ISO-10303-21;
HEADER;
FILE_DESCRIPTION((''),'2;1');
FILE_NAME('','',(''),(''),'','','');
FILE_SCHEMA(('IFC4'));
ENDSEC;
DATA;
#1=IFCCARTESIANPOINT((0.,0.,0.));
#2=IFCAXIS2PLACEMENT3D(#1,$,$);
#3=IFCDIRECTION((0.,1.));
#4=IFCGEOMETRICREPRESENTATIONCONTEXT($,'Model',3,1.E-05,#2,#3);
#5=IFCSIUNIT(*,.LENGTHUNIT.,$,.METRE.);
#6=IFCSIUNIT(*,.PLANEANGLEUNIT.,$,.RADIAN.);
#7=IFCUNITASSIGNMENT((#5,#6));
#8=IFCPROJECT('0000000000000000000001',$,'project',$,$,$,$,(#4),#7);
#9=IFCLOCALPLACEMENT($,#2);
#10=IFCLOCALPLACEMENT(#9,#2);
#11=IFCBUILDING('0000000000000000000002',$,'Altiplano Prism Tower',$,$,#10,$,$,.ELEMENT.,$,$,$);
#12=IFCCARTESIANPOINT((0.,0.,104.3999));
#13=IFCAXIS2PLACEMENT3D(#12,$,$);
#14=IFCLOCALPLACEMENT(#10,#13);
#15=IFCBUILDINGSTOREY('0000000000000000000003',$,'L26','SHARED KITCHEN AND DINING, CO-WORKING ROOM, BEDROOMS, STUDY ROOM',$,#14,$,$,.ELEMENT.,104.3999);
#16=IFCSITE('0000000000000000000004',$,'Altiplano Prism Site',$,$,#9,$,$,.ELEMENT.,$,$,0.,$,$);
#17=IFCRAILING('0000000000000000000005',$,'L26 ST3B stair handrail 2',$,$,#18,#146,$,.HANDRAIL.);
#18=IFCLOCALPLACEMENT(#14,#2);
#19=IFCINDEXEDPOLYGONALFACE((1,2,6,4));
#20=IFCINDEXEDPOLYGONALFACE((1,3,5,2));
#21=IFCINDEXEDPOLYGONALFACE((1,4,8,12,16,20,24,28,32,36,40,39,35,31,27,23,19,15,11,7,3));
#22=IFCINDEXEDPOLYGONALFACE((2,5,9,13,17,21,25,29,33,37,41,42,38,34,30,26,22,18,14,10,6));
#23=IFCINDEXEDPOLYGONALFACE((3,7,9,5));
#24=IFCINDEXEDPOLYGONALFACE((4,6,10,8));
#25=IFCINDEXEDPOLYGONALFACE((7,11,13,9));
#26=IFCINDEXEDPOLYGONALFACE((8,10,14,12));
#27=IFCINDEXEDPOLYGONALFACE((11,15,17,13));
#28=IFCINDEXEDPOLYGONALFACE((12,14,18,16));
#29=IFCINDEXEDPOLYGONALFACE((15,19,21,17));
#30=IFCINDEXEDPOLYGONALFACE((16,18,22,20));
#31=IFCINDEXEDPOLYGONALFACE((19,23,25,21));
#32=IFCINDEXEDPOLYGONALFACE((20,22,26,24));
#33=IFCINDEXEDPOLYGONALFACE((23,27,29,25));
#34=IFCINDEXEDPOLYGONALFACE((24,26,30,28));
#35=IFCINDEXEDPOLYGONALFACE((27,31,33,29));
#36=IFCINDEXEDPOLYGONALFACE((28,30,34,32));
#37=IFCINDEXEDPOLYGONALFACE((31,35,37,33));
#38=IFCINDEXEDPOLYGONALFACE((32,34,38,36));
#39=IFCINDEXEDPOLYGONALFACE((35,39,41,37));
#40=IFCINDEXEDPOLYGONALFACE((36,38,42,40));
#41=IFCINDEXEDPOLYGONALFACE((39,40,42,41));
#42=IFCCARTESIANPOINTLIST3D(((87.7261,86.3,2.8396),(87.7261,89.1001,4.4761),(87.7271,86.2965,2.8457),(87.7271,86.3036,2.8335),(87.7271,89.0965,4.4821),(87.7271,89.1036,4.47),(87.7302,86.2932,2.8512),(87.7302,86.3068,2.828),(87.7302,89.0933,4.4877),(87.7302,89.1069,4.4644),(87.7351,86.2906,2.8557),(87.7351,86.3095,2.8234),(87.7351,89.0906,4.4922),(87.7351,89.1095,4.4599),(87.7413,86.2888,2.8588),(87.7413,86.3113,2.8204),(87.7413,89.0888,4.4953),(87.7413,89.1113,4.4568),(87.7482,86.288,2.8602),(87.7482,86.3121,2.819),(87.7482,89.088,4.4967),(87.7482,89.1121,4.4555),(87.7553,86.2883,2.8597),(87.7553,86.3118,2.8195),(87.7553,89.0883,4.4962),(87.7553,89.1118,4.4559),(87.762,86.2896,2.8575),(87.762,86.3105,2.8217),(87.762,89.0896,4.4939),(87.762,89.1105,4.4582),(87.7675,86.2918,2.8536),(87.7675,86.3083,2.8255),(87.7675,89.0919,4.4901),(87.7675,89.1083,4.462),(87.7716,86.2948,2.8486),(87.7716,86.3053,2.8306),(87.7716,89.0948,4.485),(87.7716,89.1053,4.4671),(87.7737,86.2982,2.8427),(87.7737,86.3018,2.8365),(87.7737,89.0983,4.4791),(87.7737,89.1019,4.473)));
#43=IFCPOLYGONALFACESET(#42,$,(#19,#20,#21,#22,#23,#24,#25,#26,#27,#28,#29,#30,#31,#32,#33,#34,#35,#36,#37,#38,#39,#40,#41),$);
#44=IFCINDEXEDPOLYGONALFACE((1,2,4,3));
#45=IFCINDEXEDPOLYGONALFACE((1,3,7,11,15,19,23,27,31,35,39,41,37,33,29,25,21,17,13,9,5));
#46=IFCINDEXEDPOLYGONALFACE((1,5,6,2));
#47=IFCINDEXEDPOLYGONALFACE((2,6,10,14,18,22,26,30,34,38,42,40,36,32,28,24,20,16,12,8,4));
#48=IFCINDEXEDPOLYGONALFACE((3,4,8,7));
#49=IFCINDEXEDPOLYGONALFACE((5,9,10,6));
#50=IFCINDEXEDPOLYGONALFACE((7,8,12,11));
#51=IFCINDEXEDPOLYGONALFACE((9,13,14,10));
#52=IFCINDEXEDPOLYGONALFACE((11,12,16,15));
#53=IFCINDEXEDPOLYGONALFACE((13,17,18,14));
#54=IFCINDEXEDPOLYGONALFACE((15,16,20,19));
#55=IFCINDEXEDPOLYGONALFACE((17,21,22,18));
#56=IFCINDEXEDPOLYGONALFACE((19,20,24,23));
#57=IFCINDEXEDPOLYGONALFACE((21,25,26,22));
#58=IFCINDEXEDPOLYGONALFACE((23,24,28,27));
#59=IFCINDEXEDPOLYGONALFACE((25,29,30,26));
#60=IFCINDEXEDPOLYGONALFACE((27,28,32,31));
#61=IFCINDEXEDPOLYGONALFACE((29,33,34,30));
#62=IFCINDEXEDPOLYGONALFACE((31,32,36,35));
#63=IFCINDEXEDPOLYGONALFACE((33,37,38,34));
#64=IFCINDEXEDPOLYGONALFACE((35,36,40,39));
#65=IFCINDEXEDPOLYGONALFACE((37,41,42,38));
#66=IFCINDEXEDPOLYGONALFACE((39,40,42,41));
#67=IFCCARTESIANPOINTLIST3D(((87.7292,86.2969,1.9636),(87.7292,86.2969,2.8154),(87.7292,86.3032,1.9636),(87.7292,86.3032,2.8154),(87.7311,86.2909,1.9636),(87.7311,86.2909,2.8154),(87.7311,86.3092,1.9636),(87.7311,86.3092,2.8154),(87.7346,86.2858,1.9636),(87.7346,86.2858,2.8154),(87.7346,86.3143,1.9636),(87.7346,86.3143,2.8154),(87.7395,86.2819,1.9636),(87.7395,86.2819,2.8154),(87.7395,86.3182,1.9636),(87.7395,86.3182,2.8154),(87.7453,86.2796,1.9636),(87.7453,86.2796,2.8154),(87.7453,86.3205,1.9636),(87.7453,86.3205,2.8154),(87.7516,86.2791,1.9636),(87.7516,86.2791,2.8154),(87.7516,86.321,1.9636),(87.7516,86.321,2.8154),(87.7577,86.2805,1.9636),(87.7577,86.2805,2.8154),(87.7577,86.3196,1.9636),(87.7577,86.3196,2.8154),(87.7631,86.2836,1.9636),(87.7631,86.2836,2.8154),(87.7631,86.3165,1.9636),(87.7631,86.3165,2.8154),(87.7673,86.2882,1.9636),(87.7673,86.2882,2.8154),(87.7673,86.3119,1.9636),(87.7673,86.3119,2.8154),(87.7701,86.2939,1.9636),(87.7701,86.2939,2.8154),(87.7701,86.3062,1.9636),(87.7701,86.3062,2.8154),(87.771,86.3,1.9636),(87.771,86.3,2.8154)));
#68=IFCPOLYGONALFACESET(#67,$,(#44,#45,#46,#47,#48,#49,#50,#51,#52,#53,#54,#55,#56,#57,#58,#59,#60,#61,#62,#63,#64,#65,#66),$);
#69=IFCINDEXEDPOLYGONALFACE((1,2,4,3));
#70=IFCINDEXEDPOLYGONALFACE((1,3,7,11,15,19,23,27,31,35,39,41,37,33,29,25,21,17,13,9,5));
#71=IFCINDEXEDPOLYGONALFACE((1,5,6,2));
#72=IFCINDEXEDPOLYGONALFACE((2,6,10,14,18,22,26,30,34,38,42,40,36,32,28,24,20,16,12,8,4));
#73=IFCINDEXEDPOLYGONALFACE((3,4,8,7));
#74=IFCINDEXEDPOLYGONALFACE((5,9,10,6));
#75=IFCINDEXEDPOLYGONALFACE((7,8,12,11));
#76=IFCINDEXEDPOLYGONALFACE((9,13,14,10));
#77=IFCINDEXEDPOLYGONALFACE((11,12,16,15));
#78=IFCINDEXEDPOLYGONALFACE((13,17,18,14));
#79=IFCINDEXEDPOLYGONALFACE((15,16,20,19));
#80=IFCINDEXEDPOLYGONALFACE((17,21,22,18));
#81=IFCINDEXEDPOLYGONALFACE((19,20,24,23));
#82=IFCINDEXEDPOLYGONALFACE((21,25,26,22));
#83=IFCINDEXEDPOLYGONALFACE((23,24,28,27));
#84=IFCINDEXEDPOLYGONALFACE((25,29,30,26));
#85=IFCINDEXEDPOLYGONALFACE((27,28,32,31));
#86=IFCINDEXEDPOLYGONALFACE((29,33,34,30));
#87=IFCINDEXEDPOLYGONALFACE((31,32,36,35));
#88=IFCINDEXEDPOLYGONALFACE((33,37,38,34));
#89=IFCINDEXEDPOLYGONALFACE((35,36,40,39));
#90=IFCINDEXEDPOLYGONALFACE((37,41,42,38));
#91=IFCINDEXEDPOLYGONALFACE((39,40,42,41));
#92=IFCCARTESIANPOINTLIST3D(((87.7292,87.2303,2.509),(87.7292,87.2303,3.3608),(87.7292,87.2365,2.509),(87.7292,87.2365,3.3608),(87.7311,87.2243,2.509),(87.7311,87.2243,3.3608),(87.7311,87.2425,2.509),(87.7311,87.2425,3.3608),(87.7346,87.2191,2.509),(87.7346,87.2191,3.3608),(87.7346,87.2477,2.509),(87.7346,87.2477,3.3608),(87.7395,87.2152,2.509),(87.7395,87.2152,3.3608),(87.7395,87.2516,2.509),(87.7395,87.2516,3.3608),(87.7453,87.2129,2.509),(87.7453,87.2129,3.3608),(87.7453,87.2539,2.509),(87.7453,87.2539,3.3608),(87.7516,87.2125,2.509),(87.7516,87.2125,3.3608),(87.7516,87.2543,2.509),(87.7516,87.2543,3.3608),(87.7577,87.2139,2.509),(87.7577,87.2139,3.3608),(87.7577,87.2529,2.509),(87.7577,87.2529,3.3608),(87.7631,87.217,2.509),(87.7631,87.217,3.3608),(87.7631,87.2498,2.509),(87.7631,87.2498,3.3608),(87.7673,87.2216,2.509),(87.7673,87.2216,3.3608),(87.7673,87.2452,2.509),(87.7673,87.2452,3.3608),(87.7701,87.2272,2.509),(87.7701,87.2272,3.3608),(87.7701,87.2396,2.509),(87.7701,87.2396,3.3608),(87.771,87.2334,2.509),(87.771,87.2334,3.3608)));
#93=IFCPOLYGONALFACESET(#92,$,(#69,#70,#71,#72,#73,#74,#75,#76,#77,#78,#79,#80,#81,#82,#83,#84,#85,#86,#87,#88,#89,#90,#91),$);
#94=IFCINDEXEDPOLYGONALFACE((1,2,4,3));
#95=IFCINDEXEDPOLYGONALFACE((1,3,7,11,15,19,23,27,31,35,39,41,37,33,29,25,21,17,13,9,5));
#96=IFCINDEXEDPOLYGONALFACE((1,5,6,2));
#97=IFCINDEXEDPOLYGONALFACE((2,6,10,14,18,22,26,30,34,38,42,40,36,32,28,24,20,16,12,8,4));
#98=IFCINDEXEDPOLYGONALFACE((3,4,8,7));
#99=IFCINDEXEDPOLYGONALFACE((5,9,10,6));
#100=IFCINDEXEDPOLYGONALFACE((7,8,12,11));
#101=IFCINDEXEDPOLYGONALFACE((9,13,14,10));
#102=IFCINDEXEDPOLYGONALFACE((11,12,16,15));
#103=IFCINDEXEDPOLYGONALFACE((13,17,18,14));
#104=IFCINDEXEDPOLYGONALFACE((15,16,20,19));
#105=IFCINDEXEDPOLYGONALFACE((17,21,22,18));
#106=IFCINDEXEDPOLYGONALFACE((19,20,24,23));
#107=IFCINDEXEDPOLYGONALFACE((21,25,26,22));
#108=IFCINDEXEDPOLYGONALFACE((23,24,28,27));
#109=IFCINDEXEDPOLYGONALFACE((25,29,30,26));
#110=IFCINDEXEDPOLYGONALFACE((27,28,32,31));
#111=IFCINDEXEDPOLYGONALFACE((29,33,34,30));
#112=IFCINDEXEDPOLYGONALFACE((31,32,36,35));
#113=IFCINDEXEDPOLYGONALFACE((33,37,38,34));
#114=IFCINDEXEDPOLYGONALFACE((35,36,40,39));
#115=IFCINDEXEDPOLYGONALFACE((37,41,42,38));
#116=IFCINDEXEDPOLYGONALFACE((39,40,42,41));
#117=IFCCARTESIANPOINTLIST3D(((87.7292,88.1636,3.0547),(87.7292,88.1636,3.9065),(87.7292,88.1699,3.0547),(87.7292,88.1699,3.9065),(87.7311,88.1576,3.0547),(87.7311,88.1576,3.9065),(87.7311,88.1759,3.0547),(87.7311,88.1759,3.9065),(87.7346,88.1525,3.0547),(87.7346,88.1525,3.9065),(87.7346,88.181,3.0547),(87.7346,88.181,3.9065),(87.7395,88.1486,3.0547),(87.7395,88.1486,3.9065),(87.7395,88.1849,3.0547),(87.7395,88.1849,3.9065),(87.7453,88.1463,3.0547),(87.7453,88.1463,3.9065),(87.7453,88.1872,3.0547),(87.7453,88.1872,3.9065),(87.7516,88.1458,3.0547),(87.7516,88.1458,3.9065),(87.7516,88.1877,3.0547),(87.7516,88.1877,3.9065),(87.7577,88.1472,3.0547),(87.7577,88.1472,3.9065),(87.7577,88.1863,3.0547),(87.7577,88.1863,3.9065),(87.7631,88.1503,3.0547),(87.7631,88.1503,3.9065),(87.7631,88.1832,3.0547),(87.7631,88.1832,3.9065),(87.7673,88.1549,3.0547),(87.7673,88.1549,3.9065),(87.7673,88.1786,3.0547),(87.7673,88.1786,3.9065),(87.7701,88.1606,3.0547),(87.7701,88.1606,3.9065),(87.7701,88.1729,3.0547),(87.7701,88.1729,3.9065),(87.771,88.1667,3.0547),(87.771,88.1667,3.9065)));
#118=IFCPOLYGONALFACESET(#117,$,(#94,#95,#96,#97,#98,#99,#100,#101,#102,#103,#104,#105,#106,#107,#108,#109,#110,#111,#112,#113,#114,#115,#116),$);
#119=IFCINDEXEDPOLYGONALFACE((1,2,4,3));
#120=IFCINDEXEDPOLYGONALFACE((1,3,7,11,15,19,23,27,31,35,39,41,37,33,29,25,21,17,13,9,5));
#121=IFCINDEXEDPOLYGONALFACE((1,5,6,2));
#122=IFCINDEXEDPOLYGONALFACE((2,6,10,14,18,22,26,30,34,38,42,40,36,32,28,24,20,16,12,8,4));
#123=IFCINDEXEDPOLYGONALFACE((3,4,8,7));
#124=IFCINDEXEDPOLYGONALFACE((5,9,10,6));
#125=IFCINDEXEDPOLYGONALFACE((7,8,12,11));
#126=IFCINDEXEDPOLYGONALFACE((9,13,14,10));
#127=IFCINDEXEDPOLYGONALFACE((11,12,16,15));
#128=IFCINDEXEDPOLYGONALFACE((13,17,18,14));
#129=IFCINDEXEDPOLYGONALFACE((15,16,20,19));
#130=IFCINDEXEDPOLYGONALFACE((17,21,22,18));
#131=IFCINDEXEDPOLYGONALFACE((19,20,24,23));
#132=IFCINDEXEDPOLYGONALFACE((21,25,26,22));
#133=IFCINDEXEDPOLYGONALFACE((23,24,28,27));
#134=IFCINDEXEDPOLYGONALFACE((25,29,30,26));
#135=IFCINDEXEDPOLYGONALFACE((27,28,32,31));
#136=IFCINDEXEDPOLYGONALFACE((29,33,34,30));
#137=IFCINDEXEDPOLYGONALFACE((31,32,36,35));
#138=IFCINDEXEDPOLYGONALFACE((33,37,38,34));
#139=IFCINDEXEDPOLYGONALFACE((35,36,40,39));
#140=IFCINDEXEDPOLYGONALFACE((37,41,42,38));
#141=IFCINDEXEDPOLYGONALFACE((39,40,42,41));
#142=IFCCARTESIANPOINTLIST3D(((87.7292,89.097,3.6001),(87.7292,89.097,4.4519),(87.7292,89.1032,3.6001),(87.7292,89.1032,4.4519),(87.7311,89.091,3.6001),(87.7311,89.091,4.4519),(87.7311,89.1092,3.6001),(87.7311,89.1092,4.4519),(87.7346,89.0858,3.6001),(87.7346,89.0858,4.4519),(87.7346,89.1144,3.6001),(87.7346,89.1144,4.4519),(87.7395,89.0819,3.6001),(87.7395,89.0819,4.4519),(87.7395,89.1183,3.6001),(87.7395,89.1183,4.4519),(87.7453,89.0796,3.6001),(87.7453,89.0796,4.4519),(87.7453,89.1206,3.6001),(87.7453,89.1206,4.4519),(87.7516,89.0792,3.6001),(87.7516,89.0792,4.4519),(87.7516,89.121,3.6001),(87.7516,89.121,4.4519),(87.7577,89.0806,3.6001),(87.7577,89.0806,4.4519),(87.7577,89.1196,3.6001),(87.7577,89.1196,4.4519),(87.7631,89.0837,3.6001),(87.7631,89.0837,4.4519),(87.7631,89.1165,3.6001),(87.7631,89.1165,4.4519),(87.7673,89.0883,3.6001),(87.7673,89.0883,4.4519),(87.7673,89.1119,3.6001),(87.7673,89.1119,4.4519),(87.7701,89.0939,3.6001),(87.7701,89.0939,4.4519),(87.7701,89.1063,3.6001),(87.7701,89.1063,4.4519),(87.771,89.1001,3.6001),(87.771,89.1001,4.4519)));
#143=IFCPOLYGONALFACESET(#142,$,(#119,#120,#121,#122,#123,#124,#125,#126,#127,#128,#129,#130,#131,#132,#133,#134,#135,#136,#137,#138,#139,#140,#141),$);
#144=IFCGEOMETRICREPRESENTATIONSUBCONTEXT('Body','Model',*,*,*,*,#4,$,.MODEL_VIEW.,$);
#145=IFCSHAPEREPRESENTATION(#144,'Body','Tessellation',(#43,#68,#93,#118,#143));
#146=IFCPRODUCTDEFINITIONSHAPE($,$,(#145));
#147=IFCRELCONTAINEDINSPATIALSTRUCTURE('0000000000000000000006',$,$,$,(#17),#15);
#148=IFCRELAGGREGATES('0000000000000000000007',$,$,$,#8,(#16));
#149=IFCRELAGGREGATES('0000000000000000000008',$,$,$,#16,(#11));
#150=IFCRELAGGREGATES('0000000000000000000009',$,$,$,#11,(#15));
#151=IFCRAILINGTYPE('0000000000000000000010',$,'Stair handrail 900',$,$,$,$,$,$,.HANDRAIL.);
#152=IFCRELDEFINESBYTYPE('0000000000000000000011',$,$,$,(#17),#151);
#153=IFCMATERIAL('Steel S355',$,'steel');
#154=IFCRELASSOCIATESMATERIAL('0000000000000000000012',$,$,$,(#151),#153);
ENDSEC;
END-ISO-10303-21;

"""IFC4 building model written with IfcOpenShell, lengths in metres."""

from ifc_helpers import new_model, si_unit, direction, frame, origin, origin_2d, place, context, subcontext, project, spatial, circle, extrude, material, type_object, element, save


model = new_model("IFC4")

# Units and contexts
model_context = context("Model", 3, precision=1e-05, world=origin(), true_north=direction((0.0, 1.0)))
body_context = subcontext(model_context, "Body", "Model", "MODEL_VIEW")
ifc_project = project(units=[si_unit("LENGTHUNIT", "METRE"), si_unit("PLANEANGLEUNIT", "RADIAN")], contexts=[model_context])

# Site, building, storey
site_placement = place(None, origin())
site = spatial("IfcSite", under=ifc_project, at=site_placement, Name="Altiplano Prism Site", CompositionType="ELEMENT", RefElevation=0.0)
building_placement = place(site_placement, origin())
building = spatial("IfcBuilding", under=site, at=building_placement, Name="Altiplano Prism Tower", CompositionType="ELEMENT")
storey_placement = place(building_placement, frame((0.0, 0.0, 104.3999)))
storey = spatial("IfcBuildingStorey", under=building, at=storey_placement, Name="L26", Description="SHARED KITCHEN AND DINING, CO-WORKING ROOM, BEDROOMS, STUDY ROOM", CompositionType="ELEMENT", Elevation=104.3999)

# Railing
ifc_material_1 = material(Name="Steel S355", Category="steel")
railing_type = type_object("IfcRailingType", Name="Stair handrail 900", PredefinedType="HANDRAIL", material=ifc_material_1)
for number, where, name in (
    (1, (87.75, 86.3, 1.9636), "L26 ST3B stair handrail 2"),
):
    element("IfcRailing", number, at=place(storey_placement, frame(where)), inside=storey, type_object=railing_type, Name=name, PredefinedType="HANDRAIL", context=body_context, shape_type="SweptSolid", body=[
        extrude(circle(Radius=0.0239, at=origin_2d()), frame((0.0, 0.0, 0.876), z_axis=(0.0, 0.863361, 0.504587), x_axis=(-1.0, 0.0, 0.0)), (0.0, 0.0, 1.0), 3.2432),
        extrude(circle(Radius=0.021, at=origin_2d()), origin(), (0.0, 0.0, 1.0), 0.8518),
        extrude(circle(Radius=0.021, at=origin_2d()), frame((0.0, 0.9333, 0.5454)), (0.0, 0.0, 1.0), 0.8518),
        extrude(circle(Radius=0.021, at=origin_2d()), frame((0.0, 1.8667, 1.0911)), (0.0, 0.0, 1.0), 0.8518),
        extrude(circle(Radius=0.021, at=origin_2d()), frame((0.0, 2.8, 1.6365)), (0.0, 0.0, 1.0), 0.8518),
    ])

save(model, "model.ifc")
